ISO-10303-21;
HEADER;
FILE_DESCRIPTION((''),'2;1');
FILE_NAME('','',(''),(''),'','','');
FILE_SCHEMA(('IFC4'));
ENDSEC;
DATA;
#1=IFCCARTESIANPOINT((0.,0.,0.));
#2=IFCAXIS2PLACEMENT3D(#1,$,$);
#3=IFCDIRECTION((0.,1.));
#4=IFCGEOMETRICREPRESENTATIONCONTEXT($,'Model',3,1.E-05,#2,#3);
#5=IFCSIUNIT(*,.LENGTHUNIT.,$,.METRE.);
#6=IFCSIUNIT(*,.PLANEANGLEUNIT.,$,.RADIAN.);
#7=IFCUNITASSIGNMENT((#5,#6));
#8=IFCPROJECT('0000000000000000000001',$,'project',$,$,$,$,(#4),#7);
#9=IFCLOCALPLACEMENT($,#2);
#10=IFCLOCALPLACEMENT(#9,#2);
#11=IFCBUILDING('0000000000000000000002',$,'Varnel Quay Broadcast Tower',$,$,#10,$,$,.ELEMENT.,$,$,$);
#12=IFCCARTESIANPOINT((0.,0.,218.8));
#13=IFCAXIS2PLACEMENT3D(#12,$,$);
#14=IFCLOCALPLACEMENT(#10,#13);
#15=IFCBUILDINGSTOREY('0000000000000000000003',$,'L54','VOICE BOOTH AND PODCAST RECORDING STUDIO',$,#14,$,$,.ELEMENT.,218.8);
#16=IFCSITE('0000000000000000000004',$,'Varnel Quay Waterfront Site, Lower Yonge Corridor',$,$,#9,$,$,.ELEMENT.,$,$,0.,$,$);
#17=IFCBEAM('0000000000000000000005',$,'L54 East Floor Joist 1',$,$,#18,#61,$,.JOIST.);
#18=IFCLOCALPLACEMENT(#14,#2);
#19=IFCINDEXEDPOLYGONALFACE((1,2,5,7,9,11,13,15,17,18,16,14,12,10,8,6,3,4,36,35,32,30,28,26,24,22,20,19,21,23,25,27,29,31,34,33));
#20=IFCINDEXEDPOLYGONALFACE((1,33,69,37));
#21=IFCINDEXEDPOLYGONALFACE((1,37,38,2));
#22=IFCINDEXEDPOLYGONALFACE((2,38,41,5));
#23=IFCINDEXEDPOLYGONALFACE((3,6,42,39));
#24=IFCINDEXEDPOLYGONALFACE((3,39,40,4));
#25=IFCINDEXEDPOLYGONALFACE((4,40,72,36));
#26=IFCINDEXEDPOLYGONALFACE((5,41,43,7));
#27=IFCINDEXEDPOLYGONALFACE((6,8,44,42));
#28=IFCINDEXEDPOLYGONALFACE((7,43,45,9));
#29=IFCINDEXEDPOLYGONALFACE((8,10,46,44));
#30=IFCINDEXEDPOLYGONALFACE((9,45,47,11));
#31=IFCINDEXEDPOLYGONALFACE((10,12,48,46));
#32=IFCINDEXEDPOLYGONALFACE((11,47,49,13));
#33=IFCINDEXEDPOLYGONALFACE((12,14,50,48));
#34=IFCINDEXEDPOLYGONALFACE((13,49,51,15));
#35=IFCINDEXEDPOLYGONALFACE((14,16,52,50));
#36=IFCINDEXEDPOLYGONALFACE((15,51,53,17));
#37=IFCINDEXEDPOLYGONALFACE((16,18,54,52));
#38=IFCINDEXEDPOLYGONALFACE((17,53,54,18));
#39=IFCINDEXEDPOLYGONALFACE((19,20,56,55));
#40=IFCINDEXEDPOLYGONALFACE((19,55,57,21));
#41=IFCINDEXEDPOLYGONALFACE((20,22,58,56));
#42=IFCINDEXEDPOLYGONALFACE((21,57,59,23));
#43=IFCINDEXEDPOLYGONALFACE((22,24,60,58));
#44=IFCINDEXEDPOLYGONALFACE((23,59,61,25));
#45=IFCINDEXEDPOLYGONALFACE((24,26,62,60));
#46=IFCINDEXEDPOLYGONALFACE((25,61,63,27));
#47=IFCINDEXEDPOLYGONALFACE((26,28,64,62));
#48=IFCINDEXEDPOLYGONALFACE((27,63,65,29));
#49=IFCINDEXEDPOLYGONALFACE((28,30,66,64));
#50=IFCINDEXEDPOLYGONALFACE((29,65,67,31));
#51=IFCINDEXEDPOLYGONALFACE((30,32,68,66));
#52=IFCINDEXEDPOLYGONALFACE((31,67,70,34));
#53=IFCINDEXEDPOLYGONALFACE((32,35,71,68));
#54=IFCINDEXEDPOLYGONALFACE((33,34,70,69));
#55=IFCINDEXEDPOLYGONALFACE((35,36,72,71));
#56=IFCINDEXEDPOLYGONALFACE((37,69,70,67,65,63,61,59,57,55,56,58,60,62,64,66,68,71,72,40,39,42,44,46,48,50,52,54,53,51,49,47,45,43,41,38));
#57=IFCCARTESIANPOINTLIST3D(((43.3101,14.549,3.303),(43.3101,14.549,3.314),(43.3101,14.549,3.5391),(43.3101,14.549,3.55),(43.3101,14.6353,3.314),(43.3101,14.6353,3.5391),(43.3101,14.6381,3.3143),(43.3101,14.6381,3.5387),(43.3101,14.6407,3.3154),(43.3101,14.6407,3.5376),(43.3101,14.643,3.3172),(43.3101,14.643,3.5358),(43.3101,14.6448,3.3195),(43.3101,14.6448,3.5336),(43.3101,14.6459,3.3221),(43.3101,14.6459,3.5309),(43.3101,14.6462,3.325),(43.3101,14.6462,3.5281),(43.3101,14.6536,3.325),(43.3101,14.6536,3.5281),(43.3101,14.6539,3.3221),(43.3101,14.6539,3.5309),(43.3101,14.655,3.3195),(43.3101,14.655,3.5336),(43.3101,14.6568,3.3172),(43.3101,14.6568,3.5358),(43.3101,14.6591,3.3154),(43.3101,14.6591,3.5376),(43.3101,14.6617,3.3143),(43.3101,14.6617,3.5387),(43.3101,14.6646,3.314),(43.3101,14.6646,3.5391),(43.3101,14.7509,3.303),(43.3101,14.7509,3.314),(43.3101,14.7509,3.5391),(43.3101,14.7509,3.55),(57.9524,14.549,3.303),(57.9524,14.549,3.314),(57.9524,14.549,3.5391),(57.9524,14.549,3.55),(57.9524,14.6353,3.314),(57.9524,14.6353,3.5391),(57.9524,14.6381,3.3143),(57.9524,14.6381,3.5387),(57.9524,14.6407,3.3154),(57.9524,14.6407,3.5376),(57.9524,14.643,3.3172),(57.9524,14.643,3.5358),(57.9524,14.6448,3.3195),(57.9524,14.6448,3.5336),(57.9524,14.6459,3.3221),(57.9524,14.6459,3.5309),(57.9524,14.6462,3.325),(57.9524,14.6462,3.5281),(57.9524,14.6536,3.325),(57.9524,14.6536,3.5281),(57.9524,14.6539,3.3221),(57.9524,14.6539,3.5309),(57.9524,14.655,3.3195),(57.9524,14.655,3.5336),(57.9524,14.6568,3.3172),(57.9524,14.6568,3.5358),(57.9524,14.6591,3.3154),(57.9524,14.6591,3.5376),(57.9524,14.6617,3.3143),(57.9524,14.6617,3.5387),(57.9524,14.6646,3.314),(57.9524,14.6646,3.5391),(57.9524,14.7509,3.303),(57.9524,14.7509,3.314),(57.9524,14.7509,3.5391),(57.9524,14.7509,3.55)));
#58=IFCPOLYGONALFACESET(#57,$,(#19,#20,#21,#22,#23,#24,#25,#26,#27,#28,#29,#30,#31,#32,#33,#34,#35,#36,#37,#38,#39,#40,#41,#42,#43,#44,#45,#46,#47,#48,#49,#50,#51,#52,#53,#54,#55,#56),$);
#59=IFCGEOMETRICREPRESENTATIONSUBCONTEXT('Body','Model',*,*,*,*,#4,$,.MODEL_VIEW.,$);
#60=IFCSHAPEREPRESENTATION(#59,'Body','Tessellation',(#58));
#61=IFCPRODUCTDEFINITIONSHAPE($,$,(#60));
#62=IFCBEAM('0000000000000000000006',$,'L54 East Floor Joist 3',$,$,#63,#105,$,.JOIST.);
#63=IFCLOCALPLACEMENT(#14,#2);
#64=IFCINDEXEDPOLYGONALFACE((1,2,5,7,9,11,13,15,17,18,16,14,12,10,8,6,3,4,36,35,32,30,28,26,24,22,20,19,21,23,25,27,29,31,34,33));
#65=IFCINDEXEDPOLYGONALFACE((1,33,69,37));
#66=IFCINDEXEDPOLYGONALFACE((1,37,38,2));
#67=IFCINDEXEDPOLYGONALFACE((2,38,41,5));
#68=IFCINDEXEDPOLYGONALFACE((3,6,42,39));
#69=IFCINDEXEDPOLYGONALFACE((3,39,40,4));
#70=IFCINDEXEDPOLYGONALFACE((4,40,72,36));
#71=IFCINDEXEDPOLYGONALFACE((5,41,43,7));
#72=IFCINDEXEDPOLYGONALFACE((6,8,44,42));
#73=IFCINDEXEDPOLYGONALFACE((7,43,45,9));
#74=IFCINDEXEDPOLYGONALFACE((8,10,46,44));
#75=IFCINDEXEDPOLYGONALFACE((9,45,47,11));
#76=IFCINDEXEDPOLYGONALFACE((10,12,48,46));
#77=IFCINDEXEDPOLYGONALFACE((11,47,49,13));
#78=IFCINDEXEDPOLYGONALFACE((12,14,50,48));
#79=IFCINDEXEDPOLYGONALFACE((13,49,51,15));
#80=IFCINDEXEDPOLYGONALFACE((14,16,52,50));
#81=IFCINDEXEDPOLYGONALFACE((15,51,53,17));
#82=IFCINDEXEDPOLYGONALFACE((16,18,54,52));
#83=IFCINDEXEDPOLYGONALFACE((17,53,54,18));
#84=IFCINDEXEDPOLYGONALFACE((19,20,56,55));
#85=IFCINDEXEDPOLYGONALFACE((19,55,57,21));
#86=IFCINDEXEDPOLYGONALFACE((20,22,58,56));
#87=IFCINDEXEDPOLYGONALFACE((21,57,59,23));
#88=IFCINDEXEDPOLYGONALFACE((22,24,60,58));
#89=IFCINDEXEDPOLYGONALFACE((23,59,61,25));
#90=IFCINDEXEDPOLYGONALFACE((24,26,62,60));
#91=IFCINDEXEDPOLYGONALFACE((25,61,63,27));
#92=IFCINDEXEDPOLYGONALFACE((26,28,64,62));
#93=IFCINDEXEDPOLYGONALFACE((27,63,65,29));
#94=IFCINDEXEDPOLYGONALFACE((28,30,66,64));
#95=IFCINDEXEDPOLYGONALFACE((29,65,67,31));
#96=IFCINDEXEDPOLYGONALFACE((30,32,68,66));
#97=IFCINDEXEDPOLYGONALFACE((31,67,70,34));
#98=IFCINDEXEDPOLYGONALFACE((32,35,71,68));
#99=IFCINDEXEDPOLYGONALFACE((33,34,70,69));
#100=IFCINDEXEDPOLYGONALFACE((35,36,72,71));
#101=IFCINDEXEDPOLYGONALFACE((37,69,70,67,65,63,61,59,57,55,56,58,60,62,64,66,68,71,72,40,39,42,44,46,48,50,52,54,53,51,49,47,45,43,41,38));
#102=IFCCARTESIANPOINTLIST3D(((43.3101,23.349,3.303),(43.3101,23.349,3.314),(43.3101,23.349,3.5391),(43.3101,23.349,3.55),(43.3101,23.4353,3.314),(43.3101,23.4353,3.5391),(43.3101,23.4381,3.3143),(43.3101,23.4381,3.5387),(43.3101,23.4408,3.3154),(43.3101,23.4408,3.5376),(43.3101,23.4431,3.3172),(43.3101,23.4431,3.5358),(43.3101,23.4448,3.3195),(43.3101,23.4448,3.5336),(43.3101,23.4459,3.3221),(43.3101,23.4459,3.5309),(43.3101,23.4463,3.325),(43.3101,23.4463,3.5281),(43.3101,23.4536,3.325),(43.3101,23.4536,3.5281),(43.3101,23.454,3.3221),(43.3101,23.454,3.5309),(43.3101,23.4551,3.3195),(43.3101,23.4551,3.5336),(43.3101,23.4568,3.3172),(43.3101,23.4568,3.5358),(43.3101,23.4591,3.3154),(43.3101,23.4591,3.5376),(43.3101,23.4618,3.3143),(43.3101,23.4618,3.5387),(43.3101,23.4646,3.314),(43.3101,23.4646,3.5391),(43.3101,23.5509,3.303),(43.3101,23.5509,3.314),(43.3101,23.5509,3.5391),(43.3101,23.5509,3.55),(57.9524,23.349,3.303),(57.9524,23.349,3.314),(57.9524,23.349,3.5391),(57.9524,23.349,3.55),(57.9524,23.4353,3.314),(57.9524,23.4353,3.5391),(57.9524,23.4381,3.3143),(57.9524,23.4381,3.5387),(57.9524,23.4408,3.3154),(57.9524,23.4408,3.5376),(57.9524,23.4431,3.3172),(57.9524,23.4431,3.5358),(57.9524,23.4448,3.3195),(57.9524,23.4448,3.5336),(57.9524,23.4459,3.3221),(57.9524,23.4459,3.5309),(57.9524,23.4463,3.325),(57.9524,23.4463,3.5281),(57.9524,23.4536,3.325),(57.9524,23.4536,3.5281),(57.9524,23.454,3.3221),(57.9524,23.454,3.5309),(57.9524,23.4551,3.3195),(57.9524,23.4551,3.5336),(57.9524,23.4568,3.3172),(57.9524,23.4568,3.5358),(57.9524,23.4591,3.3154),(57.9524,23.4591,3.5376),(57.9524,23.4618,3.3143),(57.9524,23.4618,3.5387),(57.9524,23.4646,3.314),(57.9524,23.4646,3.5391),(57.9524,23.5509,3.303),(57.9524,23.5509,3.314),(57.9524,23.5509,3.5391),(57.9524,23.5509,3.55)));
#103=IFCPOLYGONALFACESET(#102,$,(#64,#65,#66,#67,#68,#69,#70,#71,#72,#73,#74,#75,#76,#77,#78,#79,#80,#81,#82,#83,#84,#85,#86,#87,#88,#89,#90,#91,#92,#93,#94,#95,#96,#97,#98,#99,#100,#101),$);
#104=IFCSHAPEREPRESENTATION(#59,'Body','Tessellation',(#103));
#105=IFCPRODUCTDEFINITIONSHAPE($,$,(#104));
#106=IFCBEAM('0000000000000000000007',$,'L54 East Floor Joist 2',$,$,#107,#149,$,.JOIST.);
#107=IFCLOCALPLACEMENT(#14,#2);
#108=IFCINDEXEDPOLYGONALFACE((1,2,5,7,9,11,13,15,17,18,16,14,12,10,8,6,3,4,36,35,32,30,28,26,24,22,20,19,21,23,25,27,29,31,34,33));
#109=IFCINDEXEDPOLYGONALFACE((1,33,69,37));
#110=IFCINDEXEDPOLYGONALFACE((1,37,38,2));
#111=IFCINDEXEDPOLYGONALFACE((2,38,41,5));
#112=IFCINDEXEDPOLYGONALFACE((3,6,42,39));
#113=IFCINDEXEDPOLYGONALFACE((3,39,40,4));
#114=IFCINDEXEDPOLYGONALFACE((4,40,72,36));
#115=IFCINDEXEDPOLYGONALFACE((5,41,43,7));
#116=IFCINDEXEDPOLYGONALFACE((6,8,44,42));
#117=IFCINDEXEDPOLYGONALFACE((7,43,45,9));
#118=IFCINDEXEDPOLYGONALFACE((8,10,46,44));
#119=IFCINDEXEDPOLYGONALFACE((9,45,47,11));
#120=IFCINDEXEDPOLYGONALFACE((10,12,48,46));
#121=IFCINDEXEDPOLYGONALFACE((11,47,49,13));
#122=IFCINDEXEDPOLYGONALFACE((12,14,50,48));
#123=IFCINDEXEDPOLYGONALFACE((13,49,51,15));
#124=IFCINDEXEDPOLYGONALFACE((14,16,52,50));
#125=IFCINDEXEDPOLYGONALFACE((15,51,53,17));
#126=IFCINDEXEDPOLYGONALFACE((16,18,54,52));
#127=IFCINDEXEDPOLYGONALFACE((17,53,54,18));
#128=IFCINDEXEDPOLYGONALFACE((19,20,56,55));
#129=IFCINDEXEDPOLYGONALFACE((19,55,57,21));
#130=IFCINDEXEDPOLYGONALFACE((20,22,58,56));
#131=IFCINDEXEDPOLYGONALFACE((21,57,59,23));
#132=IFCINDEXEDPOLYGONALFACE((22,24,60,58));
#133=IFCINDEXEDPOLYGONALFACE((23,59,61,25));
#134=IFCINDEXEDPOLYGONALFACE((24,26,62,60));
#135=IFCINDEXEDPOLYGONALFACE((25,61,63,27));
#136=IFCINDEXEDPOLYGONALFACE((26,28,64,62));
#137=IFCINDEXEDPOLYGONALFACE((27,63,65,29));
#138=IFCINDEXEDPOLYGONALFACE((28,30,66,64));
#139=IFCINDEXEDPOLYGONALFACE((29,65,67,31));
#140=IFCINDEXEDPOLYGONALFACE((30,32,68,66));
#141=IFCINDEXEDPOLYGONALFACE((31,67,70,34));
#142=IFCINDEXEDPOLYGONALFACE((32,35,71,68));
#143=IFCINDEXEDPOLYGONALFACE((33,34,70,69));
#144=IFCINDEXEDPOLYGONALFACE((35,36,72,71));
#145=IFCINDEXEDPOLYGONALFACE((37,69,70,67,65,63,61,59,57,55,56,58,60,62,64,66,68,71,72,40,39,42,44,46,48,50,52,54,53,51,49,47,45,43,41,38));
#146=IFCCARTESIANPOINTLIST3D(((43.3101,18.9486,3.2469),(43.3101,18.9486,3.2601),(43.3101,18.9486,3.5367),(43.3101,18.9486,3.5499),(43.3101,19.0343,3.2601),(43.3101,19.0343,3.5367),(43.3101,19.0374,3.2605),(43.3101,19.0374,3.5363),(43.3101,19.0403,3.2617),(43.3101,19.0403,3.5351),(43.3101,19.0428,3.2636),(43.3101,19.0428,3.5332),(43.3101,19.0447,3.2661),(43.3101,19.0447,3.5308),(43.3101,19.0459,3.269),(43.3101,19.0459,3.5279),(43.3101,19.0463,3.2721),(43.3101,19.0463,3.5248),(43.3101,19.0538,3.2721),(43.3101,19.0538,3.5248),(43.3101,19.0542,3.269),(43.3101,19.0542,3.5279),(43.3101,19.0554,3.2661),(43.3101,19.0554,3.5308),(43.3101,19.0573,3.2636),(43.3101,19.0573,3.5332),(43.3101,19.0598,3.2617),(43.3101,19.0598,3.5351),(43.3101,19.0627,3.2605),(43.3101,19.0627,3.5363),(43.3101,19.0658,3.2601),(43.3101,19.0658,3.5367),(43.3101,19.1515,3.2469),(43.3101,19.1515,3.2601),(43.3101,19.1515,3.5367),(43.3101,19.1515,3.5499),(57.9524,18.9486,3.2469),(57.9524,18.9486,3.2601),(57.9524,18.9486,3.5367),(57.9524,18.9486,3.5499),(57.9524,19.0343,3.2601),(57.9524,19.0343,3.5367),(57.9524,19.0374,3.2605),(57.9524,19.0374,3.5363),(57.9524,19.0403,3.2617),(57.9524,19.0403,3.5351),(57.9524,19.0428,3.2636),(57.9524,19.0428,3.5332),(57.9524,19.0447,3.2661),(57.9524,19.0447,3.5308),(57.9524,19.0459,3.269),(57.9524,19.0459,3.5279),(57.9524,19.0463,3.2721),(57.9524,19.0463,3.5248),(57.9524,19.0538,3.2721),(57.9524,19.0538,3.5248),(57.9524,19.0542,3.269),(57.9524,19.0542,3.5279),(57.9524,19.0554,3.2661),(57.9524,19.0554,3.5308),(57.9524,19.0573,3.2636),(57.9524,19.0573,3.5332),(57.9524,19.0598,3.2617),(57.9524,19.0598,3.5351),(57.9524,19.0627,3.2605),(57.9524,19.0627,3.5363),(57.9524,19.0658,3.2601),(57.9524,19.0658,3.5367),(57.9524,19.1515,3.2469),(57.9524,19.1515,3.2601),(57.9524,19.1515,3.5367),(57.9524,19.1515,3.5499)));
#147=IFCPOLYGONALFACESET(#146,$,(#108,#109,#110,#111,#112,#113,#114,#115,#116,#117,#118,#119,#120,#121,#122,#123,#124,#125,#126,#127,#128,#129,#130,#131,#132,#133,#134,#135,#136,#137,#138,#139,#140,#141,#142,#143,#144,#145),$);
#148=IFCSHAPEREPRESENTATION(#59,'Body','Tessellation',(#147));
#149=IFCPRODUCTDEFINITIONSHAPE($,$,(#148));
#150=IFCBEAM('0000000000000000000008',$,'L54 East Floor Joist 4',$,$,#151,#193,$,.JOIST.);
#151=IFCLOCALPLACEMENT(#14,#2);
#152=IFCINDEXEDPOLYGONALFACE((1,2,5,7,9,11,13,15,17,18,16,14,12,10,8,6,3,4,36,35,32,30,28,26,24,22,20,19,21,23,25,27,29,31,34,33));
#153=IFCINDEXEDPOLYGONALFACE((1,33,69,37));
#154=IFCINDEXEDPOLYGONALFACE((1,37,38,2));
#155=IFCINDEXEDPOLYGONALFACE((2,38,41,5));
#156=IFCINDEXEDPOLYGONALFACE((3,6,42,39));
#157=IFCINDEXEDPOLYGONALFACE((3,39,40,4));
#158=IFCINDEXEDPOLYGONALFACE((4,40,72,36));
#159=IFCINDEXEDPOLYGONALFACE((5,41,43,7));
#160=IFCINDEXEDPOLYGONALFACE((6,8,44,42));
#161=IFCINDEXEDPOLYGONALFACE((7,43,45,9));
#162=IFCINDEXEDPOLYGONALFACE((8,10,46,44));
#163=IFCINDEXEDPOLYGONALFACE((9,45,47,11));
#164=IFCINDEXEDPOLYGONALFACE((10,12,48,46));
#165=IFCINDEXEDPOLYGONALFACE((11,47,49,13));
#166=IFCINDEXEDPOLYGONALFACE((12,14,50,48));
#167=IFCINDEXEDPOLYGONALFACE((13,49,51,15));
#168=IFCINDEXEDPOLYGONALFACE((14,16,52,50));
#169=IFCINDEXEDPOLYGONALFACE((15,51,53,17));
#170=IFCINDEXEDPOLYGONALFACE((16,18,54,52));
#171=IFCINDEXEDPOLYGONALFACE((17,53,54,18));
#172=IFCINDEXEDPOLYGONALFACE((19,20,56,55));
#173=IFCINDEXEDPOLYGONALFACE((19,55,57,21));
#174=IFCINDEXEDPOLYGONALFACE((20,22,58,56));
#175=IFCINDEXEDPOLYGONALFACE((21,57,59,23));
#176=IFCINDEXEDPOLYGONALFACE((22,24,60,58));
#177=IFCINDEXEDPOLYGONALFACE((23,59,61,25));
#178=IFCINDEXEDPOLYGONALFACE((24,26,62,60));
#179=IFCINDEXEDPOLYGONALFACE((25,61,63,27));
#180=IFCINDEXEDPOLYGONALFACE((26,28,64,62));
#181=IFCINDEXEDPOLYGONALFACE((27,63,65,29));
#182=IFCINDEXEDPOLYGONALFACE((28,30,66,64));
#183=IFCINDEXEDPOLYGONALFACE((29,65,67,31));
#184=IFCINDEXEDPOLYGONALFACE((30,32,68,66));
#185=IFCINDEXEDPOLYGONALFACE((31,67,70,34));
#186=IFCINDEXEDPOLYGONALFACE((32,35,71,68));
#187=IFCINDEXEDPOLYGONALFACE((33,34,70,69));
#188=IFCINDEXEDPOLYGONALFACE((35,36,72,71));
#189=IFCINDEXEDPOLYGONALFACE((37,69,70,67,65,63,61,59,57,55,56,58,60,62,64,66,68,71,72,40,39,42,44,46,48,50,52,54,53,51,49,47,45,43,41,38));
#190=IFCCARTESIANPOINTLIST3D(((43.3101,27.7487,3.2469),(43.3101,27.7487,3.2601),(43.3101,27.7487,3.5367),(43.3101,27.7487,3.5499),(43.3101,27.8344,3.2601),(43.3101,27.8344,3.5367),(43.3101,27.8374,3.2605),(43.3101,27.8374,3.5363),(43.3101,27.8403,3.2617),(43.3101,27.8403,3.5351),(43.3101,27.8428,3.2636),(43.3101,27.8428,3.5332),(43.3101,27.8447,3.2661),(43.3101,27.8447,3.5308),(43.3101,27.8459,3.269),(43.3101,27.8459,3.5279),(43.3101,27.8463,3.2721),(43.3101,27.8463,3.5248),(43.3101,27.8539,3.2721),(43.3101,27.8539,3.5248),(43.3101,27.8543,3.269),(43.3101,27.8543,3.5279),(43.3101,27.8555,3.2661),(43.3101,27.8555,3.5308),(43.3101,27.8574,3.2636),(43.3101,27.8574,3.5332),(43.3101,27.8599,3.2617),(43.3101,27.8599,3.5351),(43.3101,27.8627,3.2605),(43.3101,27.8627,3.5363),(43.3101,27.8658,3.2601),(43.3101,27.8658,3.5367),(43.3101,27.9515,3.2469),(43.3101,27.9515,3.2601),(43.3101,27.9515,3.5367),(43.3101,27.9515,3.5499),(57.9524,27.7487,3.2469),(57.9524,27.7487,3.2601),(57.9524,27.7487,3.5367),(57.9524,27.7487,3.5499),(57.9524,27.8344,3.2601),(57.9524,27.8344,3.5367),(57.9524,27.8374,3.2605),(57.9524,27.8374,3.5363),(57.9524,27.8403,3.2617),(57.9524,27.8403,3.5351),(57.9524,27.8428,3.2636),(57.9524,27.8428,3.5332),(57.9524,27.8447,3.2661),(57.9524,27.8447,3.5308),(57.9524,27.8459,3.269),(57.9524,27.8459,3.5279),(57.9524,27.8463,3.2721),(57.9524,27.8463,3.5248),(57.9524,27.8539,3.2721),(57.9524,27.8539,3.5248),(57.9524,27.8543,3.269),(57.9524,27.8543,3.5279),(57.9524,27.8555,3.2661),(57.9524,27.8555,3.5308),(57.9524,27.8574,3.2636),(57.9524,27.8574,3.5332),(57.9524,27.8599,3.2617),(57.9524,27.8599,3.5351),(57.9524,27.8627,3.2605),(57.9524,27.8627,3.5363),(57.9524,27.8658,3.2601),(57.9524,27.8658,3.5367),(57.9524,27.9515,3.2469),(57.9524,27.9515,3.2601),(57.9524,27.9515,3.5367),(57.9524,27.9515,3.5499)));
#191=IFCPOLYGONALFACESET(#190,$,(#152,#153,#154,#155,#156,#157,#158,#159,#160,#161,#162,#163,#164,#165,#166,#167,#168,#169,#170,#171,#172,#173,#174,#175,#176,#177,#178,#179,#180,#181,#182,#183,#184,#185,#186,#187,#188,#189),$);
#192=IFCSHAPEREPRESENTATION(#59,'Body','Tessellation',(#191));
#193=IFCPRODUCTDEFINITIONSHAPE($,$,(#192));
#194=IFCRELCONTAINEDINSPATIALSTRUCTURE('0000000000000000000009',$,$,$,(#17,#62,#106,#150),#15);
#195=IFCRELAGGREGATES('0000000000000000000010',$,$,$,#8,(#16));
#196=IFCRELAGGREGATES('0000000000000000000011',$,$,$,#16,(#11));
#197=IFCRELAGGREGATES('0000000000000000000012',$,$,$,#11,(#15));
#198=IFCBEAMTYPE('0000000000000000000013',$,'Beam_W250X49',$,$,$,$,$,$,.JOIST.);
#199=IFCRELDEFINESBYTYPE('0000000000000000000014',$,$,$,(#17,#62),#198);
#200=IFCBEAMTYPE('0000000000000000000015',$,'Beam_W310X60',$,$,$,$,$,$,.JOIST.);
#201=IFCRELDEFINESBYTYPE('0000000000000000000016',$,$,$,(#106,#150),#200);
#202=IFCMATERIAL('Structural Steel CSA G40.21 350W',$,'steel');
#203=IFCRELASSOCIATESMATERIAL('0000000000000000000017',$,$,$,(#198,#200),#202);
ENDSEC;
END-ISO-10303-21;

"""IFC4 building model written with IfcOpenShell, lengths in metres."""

from ifc_helpers import new_model, si_unit, direction, frame, origin, origin_2d, place, context, subcontext, project, spatial, i_section, extrude, source, transform, mapped, material, material_profile, profile_set, type_object, type_shapes, element, save


model = new_model("IFC4")

# Units and contexts
model_context = context("Model", 3, precision=1e-05, world=origin(), true_north=direction((0.0, 1.0)))
body_context = subcontext(model_context, "Body", "Model", "MODEL_VIEW")
ifc_project = project(units=[si_unit("LENGTHUNIT", "METRE"), si_unit("PLANEANGLEUNIT", "RADIAN")], contexts=[model_context])

# Site, building, storey
site_placement = place(None, origin())
site = spatial("IfcSite", under=ifc_project, at=site_placement, Name="Varnel Quay Waterfront Site, Lower Yonge Corridor", CompositionType="ELEMENT", RefElevation=0.0)
building_placement = place(site_placement, origin())
building = spatial("IfcBuilding", under=site, at=building_placement, Name="Varnel Quay Broadcast Tower", CompositionType="ELEMENT")
storey_placement = place(building_placement, frame((0.0, 0.0, 218.8)))
storey = spatial("IfcBuildingStorey", under=building, at=storey_placement, Name="L54", Description="VOICE BOOTH AND PODCAST RECORDING STUDIO", CompositionType="ELEMENT", Elevation=218.8)

# Shared definitions
ifc_material_1 = material(Name="Structural Steel CSA G40.21 350W", Category="steel")

# Beams
ifc_material_profile_1 = material_profile(ifc_material_1, i_section(OverallWidth=0.2019, OverallDepth=0.2471, WebThickness=0.0073, FlangeThickness=0.011, FilletRadius=0.011, at=origin_2d()), Name="W250X49")
ifc_profile_set_1 = profile_set([ifc_material_profile_1], Name="Structural Steel CSA G40.21 350W")
beam_type_1 = type_object("IfcBeamType", Name="Beam_W250X49", PredefinedType="JOIST", material=ifc_profile_set_1)
shared_shape_1 = source(origin(), body_context, "Body", "SweptSolid", [
    extrude(i_section(OverallWidth=0.2019, OverallDepth=0.2471, WebThickness=0.0073, FlangeThickness=0.011, FilletRadius=0.011, at=origin_2d()), origin(), (0.0, 0.0, 1.0), 14.6423),
])
type_shapes(beam_type_1, [shared_shape_1])
for number, where, z_axis, x_axis, name in (
    (1, (43.3101, 14.6499, 3.4265), (1.0, 0.0, 0.0), (0.0, 1.0, 0.0), "L54 East Floor Joist 1"),
    (2, (43.3101, 23.45, 3.4265), (1.0, 0.0, 0.0), (0.0, 1.0, 0.0), "L54 East Floor Joist 3"),
):
    element("IfcBeam", number, at=place(storey_placement, frame(where, z_axis=z_axis, x_axis=x_axis)), inside=storey, type_object=beam_type_1, Name=name, PredefinedType="JOIST", context=body_context, shape_type="MappedRepresentation", body=[
        mapped(shared_shape_1, transform((0.0, 0.0, 0.0), x_axis=(1.0, 0.0, 0.0), y_axis=(0.0, 1.0, 0.0), z_axis=(0.0, 0.0, 1.0), scale=1.0)),
    ])
ifc_material_profile_2 = material_profile(ifc_material_1, i_section(OverallWidth=0.2029, OverallDepth=0.303, WebThickness=0.0076, FlangeThickness=0.0132, FilletRadius=0.012, at=origin_2d()), Name="W310X60")
ifc_profile_set_2 = profile_set([ifc_material_profile_2], Name="Structural Steel CSA G40.21 350W")
beam_type_2 = type_object("IfcBeamType", Name="Beam_W310X60", PredefinedType="JOIST", material=ifc_profile_set_2)
shared_shape_2 = source(origin(), body_context, "Body", "SweptSolid", [
    extrude(i_section(OverallWidth=0.2029, OverallDepth=0.303, WebThickness=0.0076, FlangeThickness=0.0132, FilletRadius=0.012, at=origin_2d()), origin(), (0.0, 0.0, 1.0), 14.6423),
])
type_shapes(beam_type_2, [shared_shape_2])
for number, where, z_axis, x_axis, name in (
    (3, (43.3101, 19.05, 3.3984), (1.0, 0.0, 0.0), (0.0, 1.0, 0.0), "L54 East Floor Joist 2"),
    (4, (43.3101, 27.8501, 3.3984), (1.0, 0.0, 0.0), (0.0, 1.0, 0.0), "L54 East Floor Joist 4"),
):
    element("IfcBeam", number, at=place(storey_placement, frame(where, z_axis=z_axis, x_axis=x_axis)), inside=storey, type_object=beam_type_2, Name=name, PredefinedType="JOIST", context=body_context, shape_type="MappedRepresentation", body=[
        mapped(shared_shape_2, transform((0.0, 0.0, 0.0), x_axis=(1.0, 0.0, 0.0), y_axis=(0.0, 1.0, 0.0), z_axis=(0.0, 0.0, 1.0), scale=1.0)),
    ])

save(model, "model.ifc")
